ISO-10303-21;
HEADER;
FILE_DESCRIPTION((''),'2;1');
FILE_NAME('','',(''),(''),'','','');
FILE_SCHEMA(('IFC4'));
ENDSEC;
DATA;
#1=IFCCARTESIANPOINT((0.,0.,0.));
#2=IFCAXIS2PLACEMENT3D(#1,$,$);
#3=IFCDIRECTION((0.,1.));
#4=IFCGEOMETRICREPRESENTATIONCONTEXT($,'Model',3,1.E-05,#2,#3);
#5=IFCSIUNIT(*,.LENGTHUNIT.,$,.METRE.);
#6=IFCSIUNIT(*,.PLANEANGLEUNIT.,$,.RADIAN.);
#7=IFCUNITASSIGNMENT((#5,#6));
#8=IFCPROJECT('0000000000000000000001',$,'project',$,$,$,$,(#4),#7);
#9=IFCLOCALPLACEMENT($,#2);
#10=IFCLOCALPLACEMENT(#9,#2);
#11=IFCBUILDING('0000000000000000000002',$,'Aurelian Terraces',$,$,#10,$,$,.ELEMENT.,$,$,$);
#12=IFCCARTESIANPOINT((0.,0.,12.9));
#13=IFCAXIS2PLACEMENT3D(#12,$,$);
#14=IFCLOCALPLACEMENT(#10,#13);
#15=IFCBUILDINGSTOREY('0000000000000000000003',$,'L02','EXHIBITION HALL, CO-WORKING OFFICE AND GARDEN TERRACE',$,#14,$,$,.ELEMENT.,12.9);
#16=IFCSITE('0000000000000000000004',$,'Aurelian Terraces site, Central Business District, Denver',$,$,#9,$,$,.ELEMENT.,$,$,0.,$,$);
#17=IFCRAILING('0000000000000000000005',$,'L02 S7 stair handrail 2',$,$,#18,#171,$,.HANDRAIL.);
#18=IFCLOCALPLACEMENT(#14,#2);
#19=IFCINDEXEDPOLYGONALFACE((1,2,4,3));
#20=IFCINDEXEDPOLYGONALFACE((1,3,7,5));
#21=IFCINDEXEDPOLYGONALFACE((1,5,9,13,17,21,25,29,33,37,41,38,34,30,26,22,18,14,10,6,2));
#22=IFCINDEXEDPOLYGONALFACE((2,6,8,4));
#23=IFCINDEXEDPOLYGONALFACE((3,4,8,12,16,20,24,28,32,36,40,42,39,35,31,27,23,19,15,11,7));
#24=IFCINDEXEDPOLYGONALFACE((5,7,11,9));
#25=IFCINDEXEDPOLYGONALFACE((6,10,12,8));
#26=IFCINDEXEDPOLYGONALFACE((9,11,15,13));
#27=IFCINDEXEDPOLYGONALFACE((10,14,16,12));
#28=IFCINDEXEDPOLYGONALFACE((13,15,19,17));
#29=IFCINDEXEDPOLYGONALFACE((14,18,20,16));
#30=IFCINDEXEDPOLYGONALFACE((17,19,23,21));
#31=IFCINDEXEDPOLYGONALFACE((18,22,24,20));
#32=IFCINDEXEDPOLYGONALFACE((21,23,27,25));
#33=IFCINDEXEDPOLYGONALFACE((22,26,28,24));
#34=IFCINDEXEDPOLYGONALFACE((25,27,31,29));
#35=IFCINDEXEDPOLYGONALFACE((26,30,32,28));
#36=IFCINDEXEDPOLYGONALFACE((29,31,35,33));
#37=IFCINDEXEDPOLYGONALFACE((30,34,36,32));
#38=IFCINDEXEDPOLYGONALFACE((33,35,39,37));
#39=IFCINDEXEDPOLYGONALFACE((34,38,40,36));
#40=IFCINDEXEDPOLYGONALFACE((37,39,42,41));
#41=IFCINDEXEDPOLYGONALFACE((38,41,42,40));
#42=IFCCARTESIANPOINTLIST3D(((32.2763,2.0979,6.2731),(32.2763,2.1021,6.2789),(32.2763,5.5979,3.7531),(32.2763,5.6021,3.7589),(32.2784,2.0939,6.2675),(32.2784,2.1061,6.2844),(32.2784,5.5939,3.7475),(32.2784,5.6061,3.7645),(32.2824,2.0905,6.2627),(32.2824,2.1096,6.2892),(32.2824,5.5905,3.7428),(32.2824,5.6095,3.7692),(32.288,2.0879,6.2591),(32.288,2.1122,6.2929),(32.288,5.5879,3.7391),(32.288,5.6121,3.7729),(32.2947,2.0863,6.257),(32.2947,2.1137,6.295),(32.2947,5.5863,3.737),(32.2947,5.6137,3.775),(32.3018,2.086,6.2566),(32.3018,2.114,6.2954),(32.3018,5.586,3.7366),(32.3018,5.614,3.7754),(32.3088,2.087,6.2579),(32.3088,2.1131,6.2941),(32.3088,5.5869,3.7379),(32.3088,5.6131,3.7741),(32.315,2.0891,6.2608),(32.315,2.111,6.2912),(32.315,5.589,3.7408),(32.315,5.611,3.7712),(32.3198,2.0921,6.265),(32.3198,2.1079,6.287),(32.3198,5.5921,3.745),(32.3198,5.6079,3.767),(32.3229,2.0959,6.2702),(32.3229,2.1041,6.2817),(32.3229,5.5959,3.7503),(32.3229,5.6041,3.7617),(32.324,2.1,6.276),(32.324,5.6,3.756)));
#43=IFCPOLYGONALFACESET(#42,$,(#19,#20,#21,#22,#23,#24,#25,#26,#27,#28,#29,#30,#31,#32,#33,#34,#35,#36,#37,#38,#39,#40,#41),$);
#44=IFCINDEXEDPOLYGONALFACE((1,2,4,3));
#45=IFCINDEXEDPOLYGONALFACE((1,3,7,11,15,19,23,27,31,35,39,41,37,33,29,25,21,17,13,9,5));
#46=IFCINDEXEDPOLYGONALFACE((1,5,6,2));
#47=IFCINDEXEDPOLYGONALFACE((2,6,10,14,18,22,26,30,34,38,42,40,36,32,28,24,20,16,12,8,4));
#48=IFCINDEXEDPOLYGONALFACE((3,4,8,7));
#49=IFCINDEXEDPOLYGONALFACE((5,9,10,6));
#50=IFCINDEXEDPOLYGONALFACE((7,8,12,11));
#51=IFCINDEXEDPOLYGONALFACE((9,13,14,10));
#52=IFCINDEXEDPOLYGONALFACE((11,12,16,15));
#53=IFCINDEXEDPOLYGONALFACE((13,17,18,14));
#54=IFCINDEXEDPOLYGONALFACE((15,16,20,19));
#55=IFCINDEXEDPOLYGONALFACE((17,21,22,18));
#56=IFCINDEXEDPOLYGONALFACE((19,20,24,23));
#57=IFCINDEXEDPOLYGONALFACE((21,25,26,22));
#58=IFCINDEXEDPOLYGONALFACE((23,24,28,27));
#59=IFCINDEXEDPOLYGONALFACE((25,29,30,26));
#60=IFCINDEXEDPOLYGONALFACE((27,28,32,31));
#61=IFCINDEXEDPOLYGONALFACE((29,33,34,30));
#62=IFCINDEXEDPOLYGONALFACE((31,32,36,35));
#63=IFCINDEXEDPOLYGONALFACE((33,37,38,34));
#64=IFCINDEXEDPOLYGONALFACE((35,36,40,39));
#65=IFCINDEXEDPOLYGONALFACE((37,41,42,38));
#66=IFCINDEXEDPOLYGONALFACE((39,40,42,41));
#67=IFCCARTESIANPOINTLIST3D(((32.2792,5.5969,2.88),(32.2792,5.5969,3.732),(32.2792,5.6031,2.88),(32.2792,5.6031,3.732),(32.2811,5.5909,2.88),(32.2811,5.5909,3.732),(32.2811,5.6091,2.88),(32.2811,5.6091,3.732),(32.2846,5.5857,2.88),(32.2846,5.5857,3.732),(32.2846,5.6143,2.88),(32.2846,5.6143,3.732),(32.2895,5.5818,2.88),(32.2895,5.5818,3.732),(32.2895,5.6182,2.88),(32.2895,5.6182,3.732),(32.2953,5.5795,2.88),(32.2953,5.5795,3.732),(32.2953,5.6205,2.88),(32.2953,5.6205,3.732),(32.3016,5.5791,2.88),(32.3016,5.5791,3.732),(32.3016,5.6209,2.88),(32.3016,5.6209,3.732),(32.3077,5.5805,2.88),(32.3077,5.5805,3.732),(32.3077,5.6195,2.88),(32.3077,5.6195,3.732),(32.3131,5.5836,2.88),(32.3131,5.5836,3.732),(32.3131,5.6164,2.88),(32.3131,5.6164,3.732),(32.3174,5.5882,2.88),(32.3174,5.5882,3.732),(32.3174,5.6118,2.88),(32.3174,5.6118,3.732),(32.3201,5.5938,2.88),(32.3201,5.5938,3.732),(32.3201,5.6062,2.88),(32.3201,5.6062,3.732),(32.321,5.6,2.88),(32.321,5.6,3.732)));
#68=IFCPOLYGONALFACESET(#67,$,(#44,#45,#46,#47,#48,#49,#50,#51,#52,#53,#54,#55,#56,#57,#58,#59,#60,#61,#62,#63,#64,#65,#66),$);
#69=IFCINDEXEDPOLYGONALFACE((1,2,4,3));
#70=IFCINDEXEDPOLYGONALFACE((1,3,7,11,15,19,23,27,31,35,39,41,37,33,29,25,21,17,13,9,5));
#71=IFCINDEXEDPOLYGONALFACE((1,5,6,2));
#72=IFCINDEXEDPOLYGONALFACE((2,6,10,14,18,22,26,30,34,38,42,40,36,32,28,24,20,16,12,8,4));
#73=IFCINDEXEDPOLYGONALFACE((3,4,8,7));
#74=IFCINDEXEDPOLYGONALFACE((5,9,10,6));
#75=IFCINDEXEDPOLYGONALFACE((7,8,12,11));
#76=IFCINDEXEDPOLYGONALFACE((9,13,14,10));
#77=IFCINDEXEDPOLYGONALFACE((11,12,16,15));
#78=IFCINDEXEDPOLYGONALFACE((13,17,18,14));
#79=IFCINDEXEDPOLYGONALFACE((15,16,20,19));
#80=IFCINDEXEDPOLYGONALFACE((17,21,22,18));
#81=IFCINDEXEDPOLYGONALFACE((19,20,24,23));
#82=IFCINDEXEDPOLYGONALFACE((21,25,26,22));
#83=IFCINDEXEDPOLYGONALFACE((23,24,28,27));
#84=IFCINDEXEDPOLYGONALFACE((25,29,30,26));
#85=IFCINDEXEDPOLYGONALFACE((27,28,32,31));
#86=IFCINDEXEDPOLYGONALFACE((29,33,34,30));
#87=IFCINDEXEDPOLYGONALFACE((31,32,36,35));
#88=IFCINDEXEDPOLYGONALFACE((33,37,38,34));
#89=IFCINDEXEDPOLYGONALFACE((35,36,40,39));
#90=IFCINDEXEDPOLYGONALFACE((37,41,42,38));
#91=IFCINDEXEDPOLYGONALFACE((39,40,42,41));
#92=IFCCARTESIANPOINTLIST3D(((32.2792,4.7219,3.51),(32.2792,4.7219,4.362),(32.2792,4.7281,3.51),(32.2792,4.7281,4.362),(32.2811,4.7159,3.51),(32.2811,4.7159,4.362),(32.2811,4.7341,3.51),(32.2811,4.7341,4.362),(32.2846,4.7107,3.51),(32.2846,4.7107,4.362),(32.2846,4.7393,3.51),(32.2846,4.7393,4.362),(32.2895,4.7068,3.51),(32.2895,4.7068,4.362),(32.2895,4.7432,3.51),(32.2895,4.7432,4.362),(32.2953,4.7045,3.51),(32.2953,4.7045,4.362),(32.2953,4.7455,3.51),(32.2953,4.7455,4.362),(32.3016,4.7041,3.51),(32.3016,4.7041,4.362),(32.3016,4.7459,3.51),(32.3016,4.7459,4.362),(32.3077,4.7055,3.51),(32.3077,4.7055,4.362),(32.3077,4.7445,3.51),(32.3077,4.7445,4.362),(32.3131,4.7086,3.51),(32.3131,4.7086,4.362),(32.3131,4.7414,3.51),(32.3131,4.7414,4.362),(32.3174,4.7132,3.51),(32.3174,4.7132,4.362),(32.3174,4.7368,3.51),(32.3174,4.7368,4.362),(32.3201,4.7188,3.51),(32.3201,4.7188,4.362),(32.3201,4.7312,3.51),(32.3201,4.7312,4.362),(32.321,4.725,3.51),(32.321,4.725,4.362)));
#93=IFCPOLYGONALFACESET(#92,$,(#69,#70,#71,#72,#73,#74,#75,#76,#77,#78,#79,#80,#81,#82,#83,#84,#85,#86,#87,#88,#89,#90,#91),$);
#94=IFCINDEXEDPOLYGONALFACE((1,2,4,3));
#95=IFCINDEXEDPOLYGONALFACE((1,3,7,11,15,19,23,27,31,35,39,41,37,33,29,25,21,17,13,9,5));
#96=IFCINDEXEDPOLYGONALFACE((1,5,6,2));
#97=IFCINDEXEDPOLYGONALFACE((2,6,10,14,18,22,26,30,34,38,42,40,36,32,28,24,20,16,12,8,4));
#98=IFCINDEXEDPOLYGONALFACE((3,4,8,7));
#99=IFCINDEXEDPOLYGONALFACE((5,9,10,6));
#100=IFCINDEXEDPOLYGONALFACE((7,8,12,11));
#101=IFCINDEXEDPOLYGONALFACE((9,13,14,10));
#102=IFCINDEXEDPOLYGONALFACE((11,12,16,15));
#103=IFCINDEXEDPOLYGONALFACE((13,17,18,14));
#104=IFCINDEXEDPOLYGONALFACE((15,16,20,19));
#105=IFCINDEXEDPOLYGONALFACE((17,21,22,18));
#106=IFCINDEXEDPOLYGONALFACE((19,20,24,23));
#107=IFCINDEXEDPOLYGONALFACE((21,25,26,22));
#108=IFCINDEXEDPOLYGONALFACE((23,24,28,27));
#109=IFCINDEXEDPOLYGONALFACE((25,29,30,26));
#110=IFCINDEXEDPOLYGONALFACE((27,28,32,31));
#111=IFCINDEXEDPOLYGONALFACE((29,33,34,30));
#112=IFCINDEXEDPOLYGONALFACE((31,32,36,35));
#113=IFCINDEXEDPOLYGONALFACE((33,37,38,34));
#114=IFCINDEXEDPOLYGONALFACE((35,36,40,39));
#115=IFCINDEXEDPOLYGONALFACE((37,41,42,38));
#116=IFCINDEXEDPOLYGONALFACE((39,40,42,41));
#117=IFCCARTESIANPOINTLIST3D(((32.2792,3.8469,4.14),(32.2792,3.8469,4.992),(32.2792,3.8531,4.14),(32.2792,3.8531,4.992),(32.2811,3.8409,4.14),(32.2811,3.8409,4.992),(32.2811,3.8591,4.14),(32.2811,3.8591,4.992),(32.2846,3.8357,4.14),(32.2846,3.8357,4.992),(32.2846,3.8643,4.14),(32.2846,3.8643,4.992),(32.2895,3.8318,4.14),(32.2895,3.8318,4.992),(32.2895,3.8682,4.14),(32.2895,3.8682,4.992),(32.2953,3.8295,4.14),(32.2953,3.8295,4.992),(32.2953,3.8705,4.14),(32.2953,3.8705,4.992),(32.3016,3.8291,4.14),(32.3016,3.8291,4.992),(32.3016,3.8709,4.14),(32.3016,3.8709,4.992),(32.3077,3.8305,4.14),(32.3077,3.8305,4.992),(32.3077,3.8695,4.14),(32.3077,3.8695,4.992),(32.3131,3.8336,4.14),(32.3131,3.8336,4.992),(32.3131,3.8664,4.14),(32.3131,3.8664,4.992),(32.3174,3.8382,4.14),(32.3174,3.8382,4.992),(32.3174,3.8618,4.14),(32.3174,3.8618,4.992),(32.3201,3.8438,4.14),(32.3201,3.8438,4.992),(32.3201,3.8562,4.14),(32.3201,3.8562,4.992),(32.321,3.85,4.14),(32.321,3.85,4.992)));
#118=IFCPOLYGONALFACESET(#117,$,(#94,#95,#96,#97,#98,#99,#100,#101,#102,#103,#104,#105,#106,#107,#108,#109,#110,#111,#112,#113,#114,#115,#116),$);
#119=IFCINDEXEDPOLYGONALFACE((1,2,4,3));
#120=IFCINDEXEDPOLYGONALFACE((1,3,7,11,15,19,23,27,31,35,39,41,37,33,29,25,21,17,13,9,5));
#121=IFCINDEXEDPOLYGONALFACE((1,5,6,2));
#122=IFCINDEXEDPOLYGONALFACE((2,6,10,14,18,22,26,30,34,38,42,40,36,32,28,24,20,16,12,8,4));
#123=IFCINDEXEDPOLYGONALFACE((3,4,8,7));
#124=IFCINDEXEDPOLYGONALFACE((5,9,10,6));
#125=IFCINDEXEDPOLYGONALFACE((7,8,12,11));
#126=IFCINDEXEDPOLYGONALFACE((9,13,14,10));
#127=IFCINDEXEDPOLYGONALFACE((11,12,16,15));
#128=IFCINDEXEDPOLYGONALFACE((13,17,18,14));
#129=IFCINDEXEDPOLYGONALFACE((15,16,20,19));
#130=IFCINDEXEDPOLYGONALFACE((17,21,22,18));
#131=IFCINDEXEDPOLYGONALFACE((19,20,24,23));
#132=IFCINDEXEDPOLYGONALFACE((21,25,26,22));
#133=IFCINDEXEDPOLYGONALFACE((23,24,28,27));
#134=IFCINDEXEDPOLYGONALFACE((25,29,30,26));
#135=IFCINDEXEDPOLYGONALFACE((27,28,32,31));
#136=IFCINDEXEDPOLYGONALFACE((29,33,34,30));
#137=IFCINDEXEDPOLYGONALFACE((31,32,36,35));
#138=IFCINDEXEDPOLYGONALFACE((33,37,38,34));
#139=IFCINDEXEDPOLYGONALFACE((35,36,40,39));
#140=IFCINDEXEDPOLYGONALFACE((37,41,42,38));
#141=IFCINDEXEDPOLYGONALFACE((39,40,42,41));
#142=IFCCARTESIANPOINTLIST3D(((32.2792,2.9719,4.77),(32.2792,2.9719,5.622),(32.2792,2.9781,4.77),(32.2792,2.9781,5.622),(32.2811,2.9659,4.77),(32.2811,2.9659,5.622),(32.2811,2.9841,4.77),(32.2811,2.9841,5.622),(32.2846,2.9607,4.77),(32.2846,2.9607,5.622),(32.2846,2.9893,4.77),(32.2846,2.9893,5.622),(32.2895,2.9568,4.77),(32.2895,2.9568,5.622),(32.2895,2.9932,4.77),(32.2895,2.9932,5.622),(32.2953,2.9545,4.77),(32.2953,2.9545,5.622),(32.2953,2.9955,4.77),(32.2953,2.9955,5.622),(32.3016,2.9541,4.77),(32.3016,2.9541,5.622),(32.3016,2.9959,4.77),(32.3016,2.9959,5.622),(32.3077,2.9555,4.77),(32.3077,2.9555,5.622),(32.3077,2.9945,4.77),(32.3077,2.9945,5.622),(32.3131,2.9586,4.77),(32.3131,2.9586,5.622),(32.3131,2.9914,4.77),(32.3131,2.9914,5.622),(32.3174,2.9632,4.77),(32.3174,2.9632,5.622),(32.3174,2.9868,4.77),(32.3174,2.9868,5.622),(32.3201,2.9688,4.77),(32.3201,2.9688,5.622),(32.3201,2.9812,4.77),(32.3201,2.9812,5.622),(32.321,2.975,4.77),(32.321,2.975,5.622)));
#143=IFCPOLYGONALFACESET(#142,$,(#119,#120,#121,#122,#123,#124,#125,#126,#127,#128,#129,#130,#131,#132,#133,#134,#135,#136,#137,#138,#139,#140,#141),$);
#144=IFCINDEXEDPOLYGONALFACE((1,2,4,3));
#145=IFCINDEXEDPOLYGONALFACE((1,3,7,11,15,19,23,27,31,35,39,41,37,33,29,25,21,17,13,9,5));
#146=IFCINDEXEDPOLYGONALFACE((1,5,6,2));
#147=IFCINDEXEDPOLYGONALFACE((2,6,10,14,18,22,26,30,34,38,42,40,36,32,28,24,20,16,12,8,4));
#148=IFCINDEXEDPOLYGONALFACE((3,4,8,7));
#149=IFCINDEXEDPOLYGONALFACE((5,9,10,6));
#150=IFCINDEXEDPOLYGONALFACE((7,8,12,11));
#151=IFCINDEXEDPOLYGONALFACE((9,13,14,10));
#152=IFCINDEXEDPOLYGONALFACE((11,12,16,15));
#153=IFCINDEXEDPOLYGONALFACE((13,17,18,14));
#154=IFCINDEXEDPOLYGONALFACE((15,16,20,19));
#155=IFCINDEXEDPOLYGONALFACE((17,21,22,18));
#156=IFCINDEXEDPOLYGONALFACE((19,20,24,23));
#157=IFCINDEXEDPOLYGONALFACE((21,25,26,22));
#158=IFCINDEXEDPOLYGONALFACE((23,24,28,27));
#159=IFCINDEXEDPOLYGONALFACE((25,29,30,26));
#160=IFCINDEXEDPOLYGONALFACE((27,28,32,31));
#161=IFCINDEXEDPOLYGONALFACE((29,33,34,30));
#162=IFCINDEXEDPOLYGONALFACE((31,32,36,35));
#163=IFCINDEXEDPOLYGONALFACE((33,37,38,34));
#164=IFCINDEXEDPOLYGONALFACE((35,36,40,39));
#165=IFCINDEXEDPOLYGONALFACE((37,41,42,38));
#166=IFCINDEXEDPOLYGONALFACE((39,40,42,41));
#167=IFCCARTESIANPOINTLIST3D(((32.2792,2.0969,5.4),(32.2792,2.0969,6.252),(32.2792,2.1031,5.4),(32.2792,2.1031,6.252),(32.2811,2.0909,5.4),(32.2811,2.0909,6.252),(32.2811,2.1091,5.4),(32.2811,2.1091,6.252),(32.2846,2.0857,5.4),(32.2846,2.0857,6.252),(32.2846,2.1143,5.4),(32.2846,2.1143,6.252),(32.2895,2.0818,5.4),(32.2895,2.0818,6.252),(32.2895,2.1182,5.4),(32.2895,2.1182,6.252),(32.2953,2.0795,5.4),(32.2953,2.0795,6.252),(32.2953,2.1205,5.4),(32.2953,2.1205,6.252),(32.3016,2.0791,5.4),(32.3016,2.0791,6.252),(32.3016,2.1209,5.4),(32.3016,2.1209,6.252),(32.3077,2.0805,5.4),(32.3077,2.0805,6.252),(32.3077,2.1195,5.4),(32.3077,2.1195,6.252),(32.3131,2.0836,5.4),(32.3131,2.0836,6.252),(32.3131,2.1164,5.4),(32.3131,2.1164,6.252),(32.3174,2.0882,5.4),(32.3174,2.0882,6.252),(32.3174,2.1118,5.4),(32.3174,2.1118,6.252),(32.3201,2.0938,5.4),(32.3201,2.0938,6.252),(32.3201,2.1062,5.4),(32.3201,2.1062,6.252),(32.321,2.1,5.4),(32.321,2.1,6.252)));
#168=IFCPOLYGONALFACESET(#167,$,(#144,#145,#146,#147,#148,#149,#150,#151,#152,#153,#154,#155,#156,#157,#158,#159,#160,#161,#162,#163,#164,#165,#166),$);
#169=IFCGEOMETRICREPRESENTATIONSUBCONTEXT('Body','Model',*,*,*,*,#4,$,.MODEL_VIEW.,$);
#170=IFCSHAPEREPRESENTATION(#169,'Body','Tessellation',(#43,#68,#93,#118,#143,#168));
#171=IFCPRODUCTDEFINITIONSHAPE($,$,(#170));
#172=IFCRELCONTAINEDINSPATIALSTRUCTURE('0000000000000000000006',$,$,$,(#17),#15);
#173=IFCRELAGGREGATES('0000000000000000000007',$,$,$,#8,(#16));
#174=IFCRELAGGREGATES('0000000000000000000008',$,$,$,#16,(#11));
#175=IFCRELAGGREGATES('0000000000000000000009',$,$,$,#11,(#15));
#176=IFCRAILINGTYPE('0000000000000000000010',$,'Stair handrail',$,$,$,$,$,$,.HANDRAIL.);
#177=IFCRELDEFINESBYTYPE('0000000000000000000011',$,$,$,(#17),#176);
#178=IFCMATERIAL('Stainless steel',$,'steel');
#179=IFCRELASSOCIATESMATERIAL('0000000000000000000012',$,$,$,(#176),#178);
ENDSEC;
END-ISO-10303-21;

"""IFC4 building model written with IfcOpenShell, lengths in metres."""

from ifc_helpers import new_model, si_unit, direction, frame, origin, origin_2d, place, context, subcontext, project, spatial, circle, extrude, source, transform, mapped, material, type_object, element, save


model = new_model("IFC4")

# Units and contexts
model_context = context("Model", 3, precision=1e-05, world=origin(), true_north=direction((0.0, 1.0)))
body_context = subcontext(model_context, "Body", "Model", "MODEL_VIEW")
ifc_project = project(units=[si_unit("LENGTHUNIT", "METRE"), si_unit("PLANEANGLEUNIT", "RADIAN")], contexts=[model_context])

# Site, building, storey
site_placement = place(None, origin())
site = spatial("IfcSite", under=ifc_project, at=site_placement, Name="Aurelian Terraces site, Central Business District, Denver", CompositionType="ELEMENT", RefElevation=0.0)
building_placement = place(site_placement, origin())
building = spatial("IfcBuilding", under=site, at=building_placement, Name="Aurelian Terraces", CompositionType="ELEMENT")
storey_placement = place(building_placement, frame((0.0, 0.0, 12.9)))
storey = spatial("IfcBuildingStorey", under=building, at=storey_placement, Name="L02", Description="EXHIBITION HALL, CO-WORKING OFFICE AND GARDEN TERRACE", CompositionType="ELEMENT", Elevation=12.9)

# Railing
ifc_material_1 = material(Name="Stainless steel", Category="steel")
railing_type_1 = type_object("IfcRailingType", Name="Stair handrail", PredefinedType="HANDRAIL", material=ifc_material_1)
shared_shape_1 = source(origin(), body_context, "Body", "SweptSolid", [
    extrude(circle(Radius=0.024, at=origin_2d()), frame((0.0, 0.0, 0.876), z_axis=(0.0, -0.811534, 0.584305), x_axis=(1.0, 0.0, 0.0)), (0.0, 0.0, 1.0), 4.3128),
    extrude(circle(Radius=0.021, at=origin_2d()), origin(), (0.0, 0.0, 1.0), 0.852),
    extrude(circle(Radius=0.021, at=origin_2d()), frame((0.0, -0.875, 0.63)), (0.0, 0.0, 1.0), 0.852),
    extrude(circle(Radius=0.021, at=origin_2d()), frame((0.0, -1.75, 1.26)), (0.0, 0.0, 1.0), 0.852),
    extrude(circle(Radius=0.021, at=origin_2d()), frame((0.0, -2.625, 1.89)), (0.0, 0.0, 1.0), 0.852),
    extrude(circle(Radius=0.021, at=origin_2d()), frame((0.0, -3.5, 2.52)), (0.0, 0.0, 1.0), 0.852),
])
for number, where, name in (
    (1, (32.3, 5.6, 2.88), "L02 S7 stair handrail 2"),
):
    element("IfcRailing", number, at=place(storey_placement, frame(where)), inside=storey, type_object=railing_type_1, Name=name, PredefinedType="HANDRAIL", context=body_context, shape_type="MappedRepresentation", body=[
        mapped(shared_shape_1, transform((0.0, 0.0, 0.0), scale=1.0)),
    ])

save(model, "model.ifc")
